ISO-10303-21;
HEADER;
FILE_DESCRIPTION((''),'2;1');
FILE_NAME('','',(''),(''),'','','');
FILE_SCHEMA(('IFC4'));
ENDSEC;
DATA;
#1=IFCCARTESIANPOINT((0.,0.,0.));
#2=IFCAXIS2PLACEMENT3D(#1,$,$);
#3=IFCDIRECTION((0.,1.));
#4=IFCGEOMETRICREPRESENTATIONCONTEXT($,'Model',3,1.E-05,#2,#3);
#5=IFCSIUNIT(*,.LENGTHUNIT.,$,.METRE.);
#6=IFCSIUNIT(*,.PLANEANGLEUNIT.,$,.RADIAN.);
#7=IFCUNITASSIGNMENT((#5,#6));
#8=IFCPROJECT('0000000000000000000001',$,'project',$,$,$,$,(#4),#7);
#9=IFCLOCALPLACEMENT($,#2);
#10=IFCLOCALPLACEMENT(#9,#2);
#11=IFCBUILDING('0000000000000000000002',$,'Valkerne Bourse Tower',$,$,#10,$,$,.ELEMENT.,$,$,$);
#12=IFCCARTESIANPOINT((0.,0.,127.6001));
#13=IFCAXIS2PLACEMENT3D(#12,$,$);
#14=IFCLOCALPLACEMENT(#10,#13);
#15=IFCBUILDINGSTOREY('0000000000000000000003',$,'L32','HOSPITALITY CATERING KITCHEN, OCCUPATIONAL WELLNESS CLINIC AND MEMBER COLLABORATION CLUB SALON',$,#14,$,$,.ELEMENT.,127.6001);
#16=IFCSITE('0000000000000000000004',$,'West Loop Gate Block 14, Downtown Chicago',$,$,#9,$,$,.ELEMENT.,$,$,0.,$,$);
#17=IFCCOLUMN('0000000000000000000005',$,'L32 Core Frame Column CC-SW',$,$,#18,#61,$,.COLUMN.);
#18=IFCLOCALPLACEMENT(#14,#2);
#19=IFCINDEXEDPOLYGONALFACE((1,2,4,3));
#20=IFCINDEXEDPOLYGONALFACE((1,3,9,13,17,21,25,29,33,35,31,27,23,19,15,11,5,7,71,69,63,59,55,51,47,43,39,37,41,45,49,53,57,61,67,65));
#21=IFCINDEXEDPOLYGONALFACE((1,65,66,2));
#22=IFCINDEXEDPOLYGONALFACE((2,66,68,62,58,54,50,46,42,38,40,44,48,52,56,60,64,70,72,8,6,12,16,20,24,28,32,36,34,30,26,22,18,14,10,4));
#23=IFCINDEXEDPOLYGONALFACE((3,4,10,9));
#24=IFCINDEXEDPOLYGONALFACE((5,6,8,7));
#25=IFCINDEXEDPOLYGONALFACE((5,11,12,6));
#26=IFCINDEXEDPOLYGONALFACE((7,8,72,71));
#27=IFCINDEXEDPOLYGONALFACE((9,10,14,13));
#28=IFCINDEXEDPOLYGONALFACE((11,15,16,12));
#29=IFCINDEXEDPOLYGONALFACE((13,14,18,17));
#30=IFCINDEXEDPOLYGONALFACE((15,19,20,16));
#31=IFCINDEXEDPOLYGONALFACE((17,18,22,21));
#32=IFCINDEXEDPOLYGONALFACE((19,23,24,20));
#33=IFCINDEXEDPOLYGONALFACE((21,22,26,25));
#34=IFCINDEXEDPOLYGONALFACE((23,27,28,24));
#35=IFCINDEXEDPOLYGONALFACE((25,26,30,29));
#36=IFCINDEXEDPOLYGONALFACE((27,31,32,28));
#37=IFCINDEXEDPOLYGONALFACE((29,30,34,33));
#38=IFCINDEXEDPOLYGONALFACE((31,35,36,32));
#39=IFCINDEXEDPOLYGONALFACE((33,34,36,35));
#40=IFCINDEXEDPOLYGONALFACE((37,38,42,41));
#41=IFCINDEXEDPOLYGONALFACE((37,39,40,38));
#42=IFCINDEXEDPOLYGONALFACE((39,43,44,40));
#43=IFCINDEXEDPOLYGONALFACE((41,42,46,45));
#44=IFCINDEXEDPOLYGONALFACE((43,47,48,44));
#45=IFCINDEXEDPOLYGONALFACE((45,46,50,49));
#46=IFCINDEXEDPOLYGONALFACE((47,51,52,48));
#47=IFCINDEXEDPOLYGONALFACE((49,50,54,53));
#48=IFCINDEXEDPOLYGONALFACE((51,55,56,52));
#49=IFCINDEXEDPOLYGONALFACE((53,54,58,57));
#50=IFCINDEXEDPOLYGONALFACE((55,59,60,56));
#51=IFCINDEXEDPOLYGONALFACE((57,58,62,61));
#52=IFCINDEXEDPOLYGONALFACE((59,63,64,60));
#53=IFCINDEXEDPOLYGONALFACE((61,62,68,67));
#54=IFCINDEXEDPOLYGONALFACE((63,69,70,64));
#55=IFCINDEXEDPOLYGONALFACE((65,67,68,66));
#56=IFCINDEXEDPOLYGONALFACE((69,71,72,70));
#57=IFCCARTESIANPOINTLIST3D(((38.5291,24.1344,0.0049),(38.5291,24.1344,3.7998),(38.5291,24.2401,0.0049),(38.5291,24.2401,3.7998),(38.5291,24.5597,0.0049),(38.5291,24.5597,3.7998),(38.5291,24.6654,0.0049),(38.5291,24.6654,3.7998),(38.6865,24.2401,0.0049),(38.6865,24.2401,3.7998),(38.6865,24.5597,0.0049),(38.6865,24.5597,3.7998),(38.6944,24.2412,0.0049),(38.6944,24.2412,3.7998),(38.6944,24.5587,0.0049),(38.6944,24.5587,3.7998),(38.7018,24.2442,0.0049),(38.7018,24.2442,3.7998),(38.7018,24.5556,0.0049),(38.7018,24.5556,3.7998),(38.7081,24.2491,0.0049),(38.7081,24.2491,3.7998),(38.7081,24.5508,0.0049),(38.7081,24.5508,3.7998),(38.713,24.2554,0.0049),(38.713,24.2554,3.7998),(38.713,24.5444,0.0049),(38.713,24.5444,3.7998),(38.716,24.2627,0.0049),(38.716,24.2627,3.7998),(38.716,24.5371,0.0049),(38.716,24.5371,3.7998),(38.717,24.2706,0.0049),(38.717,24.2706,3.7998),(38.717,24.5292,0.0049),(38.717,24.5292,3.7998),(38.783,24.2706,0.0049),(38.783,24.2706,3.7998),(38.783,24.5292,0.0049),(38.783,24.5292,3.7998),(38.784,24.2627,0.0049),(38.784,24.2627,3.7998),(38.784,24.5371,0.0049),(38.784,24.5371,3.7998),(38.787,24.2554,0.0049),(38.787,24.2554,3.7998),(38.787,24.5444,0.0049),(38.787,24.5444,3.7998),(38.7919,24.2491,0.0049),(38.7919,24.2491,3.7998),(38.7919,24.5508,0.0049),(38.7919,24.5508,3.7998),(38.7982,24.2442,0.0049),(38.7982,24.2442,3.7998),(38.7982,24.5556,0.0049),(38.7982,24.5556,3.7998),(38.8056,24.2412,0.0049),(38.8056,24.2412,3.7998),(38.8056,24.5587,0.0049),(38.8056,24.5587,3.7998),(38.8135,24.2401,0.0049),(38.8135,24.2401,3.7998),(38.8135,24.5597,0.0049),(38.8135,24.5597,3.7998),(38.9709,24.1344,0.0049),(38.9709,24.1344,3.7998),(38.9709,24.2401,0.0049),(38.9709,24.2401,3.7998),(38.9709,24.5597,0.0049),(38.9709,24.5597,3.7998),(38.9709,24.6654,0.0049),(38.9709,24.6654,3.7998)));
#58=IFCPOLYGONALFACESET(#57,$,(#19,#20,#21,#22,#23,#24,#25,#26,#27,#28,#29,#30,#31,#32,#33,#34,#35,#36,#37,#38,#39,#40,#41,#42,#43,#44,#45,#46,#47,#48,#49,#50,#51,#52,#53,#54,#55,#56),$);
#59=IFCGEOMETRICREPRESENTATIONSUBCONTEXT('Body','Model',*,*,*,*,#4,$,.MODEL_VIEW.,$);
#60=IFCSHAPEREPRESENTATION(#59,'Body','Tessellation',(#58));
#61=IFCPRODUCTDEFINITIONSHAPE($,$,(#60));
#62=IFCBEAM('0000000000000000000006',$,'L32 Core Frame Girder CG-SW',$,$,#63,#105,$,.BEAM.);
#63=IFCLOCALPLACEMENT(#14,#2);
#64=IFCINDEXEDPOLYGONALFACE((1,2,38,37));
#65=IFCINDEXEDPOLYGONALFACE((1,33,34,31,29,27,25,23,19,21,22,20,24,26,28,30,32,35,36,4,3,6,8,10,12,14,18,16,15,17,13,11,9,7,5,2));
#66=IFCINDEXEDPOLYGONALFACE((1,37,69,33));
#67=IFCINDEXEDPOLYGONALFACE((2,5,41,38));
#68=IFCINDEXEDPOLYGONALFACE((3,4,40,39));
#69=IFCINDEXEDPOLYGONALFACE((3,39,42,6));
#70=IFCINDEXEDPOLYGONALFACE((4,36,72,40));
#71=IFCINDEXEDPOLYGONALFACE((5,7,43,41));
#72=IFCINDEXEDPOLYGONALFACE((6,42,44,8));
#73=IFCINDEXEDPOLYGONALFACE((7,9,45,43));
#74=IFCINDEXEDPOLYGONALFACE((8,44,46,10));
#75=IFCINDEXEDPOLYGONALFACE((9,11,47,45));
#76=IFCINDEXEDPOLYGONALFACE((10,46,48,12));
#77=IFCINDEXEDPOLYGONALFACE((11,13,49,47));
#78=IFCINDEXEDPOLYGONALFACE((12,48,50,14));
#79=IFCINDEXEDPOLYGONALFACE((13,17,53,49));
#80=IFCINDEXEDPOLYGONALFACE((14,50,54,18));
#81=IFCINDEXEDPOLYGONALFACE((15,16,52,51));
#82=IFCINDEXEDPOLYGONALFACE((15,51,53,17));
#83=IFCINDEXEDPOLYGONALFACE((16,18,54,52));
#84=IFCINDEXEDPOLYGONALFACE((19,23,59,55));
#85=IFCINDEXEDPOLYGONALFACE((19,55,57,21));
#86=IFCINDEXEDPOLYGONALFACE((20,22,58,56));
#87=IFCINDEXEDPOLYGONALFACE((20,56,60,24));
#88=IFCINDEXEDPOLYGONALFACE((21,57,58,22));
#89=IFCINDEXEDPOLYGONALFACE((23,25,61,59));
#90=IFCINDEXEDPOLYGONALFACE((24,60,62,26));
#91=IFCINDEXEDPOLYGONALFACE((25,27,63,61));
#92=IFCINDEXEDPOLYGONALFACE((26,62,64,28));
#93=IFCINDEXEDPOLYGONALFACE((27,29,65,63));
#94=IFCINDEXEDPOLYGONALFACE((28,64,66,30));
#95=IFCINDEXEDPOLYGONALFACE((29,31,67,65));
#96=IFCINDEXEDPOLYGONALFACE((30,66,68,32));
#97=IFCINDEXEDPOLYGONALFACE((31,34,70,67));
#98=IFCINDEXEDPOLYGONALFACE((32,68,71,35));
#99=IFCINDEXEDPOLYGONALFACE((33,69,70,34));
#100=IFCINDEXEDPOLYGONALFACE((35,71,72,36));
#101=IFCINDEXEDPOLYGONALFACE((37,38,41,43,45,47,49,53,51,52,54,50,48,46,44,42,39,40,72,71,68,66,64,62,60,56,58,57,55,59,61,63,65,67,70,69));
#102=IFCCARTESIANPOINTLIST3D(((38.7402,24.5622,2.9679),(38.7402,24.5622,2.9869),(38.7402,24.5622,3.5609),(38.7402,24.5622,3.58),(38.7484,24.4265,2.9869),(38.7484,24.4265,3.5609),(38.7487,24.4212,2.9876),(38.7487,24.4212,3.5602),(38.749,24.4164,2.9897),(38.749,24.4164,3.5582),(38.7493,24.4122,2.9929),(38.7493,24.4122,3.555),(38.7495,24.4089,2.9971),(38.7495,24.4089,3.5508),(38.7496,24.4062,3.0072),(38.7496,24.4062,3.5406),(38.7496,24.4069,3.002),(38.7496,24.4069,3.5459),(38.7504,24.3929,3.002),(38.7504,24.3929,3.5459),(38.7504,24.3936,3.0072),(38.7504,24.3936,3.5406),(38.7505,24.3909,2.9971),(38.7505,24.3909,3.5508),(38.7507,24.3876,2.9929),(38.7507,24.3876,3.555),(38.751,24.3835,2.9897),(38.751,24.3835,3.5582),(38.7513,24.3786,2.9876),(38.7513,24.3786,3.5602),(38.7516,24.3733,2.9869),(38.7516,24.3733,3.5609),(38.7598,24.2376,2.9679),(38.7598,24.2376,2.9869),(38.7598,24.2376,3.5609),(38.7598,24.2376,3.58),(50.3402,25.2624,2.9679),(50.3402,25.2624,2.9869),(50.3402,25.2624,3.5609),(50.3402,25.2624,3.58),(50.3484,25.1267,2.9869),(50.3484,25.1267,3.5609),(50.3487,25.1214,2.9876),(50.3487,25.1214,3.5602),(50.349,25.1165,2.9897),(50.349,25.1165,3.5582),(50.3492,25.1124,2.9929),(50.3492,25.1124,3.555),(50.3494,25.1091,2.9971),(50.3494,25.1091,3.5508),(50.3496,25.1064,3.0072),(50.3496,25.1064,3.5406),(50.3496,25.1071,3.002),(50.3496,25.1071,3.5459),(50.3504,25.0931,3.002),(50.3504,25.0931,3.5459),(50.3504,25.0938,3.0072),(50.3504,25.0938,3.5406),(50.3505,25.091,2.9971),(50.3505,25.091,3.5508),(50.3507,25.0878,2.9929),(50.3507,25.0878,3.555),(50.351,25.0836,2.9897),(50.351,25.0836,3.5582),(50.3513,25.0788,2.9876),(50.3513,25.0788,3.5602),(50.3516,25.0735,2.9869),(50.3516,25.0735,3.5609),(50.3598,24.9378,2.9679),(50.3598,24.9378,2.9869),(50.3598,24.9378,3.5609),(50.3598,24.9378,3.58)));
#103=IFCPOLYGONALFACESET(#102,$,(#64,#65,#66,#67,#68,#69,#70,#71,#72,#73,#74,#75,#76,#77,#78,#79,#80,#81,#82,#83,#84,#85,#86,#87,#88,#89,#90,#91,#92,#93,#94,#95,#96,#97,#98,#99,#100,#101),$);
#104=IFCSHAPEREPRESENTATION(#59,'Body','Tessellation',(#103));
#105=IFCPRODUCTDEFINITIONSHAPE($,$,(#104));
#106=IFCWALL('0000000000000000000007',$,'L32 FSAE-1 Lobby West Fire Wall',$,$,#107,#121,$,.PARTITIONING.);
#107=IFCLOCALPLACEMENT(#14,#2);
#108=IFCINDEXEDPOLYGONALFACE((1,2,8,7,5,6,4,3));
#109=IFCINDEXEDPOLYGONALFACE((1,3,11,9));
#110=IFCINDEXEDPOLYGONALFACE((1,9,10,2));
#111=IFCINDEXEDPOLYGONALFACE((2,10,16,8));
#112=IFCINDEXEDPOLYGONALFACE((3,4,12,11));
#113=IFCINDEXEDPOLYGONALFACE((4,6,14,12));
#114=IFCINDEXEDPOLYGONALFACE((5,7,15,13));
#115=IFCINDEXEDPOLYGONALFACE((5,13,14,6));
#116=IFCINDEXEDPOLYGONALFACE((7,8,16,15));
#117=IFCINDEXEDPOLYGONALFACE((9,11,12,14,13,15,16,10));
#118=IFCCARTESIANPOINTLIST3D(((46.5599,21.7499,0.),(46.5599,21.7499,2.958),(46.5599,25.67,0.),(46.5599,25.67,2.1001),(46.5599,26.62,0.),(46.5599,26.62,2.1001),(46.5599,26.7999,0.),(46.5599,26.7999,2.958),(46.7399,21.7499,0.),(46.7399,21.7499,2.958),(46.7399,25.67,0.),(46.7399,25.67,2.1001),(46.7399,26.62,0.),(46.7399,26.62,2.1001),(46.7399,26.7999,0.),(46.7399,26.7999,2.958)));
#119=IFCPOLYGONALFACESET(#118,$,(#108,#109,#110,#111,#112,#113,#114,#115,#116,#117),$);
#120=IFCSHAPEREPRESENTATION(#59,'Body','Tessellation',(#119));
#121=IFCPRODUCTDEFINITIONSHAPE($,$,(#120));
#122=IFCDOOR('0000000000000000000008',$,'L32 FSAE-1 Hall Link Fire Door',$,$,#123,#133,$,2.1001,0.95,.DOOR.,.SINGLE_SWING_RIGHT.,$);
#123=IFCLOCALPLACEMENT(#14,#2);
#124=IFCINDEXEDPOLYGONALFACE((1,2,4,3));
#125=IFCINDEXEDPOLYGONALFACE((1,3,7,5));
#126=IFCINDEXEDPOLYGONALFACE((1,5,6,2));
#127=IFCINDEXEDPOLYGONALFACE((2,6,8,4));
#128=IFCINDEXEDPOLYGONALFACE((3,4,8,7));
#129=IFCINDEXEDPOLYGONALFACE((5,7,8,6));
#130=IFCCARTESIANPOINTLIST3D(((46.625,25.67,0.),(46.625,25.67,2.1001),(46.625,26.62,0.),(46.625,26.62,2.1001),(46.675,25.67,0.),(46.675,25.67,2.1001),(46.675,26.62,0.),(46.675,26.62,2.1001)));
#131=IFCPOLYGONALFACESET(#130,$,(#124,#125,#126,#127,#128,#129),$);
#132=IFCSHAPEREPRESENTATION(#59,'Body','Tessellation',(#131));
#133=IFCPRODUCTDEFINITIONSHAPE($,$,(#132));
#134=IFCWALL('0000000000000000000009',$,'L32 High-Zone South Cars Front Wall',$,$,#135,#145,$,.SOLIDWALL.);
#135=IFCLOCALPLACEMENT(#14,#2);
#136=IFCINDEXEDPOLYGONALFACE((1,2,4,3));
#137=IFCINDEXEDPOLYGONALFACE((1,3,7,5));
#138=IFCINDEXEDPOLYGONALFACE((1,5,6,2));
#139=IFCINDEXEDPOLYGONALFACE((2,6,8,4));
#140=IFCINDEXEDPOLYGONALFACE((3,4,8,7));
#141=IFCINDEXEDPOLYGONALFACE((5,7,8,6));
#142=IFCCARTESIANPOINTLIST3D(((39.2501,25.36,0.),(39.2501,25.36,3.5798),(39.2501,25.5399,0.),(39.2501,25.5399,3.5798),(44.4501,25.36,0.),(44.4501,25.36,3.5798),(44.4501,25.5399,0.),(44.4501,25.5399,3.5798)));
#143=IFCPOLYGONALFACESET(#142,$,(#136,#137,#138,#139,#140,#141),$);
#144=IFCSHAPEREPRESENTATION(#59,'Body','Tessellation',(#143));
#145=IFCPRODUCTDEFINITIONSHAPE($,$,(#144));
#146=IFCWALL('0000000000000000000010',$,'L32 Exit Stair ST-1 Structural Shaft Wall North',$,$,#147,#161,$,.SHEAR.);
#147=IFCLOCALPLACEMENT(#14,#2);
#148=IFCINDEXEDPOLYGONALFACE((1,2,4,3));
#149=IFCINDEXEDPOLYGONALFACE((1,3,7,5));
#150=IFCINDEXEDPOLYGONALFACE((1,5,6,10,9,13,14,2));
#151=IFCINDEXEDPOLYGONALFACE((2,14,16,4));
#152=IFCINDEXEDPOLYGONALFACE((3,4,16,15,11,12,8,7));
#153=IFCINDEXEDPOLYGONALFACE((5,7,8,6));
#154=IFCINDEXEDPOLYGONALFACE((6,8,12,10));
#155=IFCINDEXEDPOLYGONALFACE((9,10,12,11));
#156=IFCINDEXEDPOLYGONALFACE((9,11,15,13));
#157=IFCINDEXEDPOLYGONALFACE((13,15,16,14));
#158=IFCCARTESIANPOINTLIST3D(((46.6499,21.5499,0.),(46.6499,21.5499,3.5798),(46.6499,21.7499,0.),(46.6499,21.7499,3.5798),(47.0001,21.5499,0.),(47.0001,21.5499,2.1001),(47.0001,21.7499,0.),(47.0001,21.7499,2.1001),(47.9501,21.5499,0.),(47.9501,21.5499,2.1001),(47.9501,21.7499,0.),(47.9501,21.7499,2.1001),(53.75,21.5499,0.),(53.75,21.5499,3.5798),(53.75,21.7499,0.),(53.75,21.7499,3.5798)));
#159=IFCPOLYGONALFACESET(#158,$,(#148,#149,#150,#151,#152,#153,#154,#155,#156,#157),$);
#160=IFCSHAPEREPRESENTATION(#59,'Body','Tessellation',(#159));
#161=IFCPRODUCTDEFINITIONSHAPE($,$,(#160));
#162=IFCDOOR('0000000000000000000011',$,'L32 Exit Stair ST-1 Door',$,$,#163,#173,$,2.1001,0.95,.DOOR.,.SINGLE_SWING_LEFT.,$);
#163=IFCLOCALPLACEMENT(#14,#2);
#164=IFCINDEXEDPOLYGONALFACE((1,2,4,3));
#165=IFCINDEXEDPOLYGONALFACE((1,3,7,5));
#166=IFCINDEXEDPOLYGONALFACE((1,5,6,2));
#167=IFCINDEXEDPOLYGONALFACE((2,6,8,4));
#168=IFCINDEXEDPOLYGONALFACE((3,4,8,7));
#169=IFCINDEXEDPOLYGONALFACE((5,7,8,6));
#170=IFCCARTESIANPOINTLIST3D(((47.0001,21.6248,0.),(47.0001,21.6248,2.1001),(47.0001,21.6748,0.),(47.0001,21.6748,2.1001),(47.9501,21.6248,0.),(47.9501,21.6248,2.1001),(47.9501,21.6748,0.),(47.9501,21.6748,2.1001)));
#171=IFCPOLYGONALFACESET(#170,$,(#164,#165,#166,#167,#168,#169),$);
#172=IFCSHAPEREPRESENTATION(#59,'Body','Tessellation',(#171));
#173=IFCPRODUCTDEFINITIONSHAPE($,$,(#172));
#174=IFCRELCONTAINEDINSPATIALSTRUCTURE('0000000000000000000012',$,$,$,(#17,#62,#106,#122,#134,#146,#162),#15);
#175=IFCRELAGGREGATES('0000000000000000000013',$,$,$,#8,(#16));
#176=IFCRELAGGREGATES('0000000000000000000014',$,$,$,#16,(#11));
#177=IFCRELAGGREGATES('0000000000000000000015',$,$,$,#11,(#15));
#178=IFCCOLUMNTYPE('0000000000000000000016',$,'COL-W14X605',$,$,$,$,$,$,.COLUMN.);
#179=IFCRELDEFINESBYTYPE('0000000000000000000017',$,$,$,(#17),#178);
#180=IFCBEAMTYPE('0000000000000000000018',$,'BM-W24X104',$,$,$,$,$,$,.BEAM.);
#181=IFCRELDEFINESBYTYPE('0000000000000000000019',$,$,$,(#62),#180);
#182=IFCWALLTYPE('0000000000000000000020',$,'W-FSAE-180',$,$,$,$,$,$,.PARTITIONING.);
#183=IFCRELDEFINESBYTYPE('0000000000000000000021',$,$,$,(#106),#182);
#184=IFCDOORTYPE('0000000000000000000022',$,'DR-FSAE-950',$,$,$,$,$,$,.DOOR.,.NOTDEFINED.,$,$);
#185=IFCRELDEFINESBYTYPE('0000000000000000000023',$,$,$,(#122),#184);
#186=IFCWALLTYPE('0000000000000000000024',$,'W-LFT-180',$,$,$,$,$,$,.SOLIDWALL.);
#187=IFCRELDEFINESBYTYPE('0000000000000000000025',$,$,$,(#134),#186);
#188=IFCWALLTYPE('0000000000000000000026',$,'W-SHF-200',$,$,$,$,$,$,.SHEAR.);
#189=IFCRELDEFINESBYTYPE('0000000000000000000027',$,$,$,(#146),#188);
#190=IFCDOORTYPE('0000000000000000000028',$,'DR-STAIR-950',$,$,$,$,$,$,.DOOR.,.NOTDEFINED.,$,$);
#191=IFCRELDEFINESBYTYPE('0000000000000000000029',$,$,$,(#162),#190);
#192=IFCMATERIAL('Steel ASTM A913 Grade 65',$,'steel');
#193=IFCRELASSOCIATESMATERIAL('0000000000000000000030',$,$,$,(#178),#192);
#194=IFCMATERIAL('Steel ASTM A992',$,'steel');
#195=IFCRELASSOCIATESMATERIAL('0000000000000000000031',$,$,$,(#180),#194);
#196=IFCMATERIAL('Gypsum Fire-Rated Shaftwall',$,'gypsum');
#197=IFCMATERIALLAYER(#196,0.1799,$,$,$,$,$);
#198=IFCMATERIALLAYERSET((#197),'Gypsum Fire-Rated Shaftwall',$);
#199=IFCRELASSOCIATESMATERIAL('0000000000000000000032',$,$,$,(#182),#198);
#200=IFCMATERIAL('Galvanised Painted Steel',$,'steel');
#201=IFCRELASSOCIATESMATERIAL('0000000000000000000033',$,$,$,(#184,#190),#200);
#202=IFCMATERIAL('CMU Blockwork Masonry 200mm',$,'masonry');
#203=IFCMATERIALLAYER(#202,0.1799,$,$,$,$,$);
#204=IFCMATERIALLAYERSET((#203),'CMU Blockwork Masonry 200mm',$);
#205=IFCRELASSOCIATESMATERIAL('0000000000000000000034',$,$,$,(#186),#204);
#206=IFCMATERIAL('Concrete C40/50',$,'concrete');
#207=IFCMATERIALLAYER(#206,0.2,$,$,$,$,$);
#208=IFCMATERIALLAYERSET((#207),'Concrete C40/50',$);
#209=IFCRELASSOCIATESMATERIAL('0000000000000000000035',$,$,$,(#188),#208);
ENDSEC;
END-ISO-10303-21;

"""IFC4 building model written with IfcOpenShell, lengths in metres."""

from ifc_helpers import new_model, si_unit, direction, frame, frame_2d, origin, origin_2d, place, context, subcontext, project, spatial, rectangle, i_section, extrude, material, layer, layer_set, material_profile, profile_set, type_object, element, fill, save


model = new_model("IFC4")

# Units and contexts
model_context = context("Model", 3, precision=1e-05, world=origin(), true_north=direction((0.0, 1.0)))
body_context = subcontext(model_context, "Body", "Model", "MODEL_VIEW")
ifc_project = project(units=[si_unit("LENGTHUNIT", "METRE"), si_unit("PLANEANGLEUNIT", "RADIAN")], contexts=[model_context])

# Site, building, storey
site_placement = place(None, origin())
site = spatial("IfcSite", under=ifc_project, at=site_placement, Name="West Loop Gate Block 14, Downtown Chicago", CompositionType="ELEMENT", RefElevation=0.0)
building_placement = place(site_placement, origin())
building = spatial("IfcBuilding", under=site, at=building_placement, Name="Valkerne Bourse Tower", CompositionType="ELEMENT")
storey_placement = place(building_placement, frame((0.0, 0.0, 127.6001)))
storey = spatial("IfcBuildingStorey", under=building, at=storey_placement, Name="L32", Description="HOSPITALITY CATERING KITCHEN, OCCUPATIONAL WELLNESS CLINIC AND MEMBER COLLABORATION CLUB SALON", CompositionType="ELEMENT", Elevation=127.6001)

# Column
ifc_material_1 = material(Name="Steel ASTM A913 Grade 65", Category="steel")
ifc_material_profile_1 = material_profile(ifc_material_1, i_section(OverallWidth=0.4419, OverallDepth=0.531, WebThickness=0.0659, FlangeThickness=0.1057, FilletRadius=0.0305, at=origin_2d()), Name="W14X605")
ifc_profile_set_1 = profile_set([ifc_material_profile_1], Name="Steel ASTM A913 Grade 65")
column_type = type_object("IfcColumnType", Name="COL-W14X605", PredefinedType="COLUMN", material=ifc_profile_set_1)
column_placement = place(storey_placement, frame((38.75, 24.3999, 0.0049), z_axis=(0.0, 0.0, 1.0), x_axis=(1.0, 0.0, 0.0)))
element("IfcColumn", 1, at=column_placement, inside=storey, type_object=column_type, Name="L32 Core Frame Column CC-SW", PredefinedType="COLUMN", context=body_context, shape_type="SweptSolid", body=[
    extrude(i_section(OverallWidth=0.4419, OverallDepth=0.531, WebThickness=0.0659, FlangeThickness=0.1057, FilletRadius=0.0305, at=origin_2d()), origin(), (0.0, 0.0, 1.0), 3.7949),
])

# Beam
ifc_material_2 = material(Name="Steel ASTM A992", Category="steel")
ifc_material_profile_2 = material_profile(ifc_material_2, i_section(OverallWidth=0.3252, OverallDepth=0.6121, WebThickness=0.0127, FlangeThickness=0.019, FilletRadius=0.0203, at=origin_2d()), Name="W24X104")
ifc_profile_set_2 = profile_set([ifc_material_profile_2], Name="Steel ASTM A992")
beam_type = type_object("IfcBeamType", Name="BM-W24X104", PredefinedType="BEAM", material=ifc_profile_set_2)
beam_placement = place(storey_placement, frame((38.75, 24.3999, 3.2739), z_axis=(0.998183, 0.060251, 0.0), x_axis=(-0.060251, 0.998183, 0.0)))
element("IfcBeam", 2, at=beam_placement, inside=storey, type_object=beam_type, Name="L32 Core Frame Girder CG-SW", PredefinedType="BEAM", context=body_context, shape_type="SweptSolid", body=[
    extrude(i_section(OverallWidth=0.3252, OverallDepth=0.6121, WebThickness=0.0127, FlangeThickness=0.019, FilletRadius=0.0203, at=origin_2d()), origin(), (0.0, 0.0, 1.0), 11.6211),
])

# Wall, opening, door
ifc_material_3 = material(Name="Gypsum Fire-Rated Shaftwall", Category="gypsum")
ifc_layer_1 = layer(ifc_material_3, 0.1799)
ifc_layer_set_1 = layer_set([ifc_layer_1], Name="Gypsum Fire-Rated Shaftwall")
wall_type_1 = type_object("IfcWallType", Name="W-FSAE-180", PredefinedType="PARTITIONING", material=ifc_layer_set_1)
wall_1_placement = place(storey_placement, frame((46.6499, 21.75, 0.0), z_axis=(0.0, 0.0, 1.0), x_axis=(0.0, 1.0, 0.0)))
wall_1 = element("IfcWall", 3, at=wall_1_placement, inside=storey, type_object=wall_type_1, Name="L32 FSAE-1 Lobby West Fire Wall", PredefinedType="PARTITIONING", context=body_context, shape_type="SweptSolid", body=[
    extrude(rectangle(XDim=5.05, YDim=0.1799, at=frame_2d((2.5249, 0.0))), origin(), (0.0, 0.0, 1.0), 2.958),
])
opening_1_placement = place(wall_1_placement, frame((3.9199, 0.0, 0.0)))
opening_1 = element("IfcOpeningElement", 4, at=opening_1_placement, cuts=wall_1, PredefinedType="OPENING", context=body_context, shape_type="SweptSolid", body=[
    extrude(rectangle(XDim=0.95, YDim=2.1001, at=frame_2d((0.4751, 1.05))), frame((0.0, 0.0999, 0.0), z_axis=(0.0, -1.0, 0.0), x_axis=(1.0, 0.0, 0.0)), (0.0, 0.0, 1.0), 0.2),
])
ifc_material_4 = material(Name="Galvanised Painted Steel", Category="steel")
door_type_1 = type_object("IfcDoorType", Name="DR-FSAE-950", OperationType="NOTDEFINED", PredefinedType="DOOR", material=ifc_material_4)
door_1_placement = place(opening_1_placement, origin())
door_1 = element("IfcDoor", 5, at=door_1_placement, inside=storey, type_object=door_type_1, Name="L32 FSAE-1 Hall Link Fire Door", OperationType="SINGLE_SWING_RIGHT", OverallHeight=2.1001, OverallWidth=0.95, PredefinedType="DOOR", context=body_context, shape_type="SweptSolid", body=[
    extrude(rectangle(XDim=0.95, YDim=2.1001, at=frame_2d((0.4751, 1.05))), frame((0.0, 0.0249, 0.0), z_axis=(0.0, -1.0, 0.0), x_axis=(1.0, 0.0, 0.0)), (0.0, 0.0, 1.0), 0.05),
])
fill(opening_1, door_1)

# Shared definitions
ifc_material_5 = material(Name="CMU Blockwork Masonry 200mm", Category="masonry")
ifc_layer_2 = layer(ifc_material_5, 0.1799)
ifc_layer_set_2 = layer_set([ifc_layer_2], Name="CMU Blockwork Masonry 200mm")
wall_type_2 = type_object("IfcWallType", Name="W-LFT-180", PredefinedType="SOLIDWALL", material=ifc_layer_set_2)

# Wall
wall_2_placement = place(storey_placement, frame((39.25, 25.45, 0.0), z_axis=(0.0, 0.0, 1.0), x_axis=(1.0, 0.0, 0.0)))
element("IfcWall", 6, at=wall_2_placement, inside=storey, type_object=wall_type_2, Name="L32 High-Zone South Cars Front Wall", PredefinedType="SOLIDWALL", context=body_context, shape_type="SweptSolid", body=[
    extrude(rectangle(XDim=5.2, YDim=0.1799, at=frame_2d((2.6001, 0.0))), origin(), (0.0, 0.0, 1.0), 3.5798),
])

# Wall, opening, door
ifc_material_6 = material(Name="Concrete C40/50", Category="concrete")
ifc_layer_3 = layer(ifc_material_6, 0.2)
ifc_layer_set_3 = layer_set([ifc_layer_3], Name="Concrete C40/50")
wall_type_3 = type_object("IfcWallType", Name="W-SHF-200", PredefinedType="SHEAR", material=ifc_layer_set_3)
wall_3_placement = place(storey_placement, frame((46.6499, 21.6499, 0.0), z_axis=(0.0, 0.0, 1.0), x_axis=(1.0, 0.0, 0.0)))
wall_3 = element("IfcWall", 7, at=wall_3_placement, inside=storey, type_object=wall_type_3, Name="L32 Exit Stair ST-1 Structural Shaft Wall North", PredefinedType="SHEAR", context=body_context, shape_type="SweptSolid", body=[
    extrude(rectangle(XDim=7.1001, YDim=0.2, at=frame_2d((3.55, 0.0))), origin(), (0.0, 0.0, 1.0), 3.5798),
])
opening_2_placement = place(wall_3_placement, frame((0.3501, 0.0, 0.0)))
opening_2 = element("IfcOpeningElement", 8, at=opening_2_placement, cuts=wall_3, PredefinedType="OPENING", context=body_context, shape_type="SweptSolid", body=[
    extrude(rectangle(XDim=0.95, YDim=2.1001, at=frame_2d((0.4751, 1.05))), frame((0.0, 0.1099, 0.0), z_axis=(0.0, -1.0, 0.0), x_axis=(1.0, 0.0, 0.0)), (0.0, 0.0, 1.0), 0.22),
])
door_type_2 = type_object("IfcDoorType", Name="DR-STAIR-950", OperationType="NOTDEFINED", PredefinedType="DOOR", material=ifc_material_4)
door_2_placement = place(opening_2_placement, origin())
door_2 = element("IfcDoor", 9, at=door_2_placement, inside=storey, type_object=door_type_2, Name="L32 Exit Stair ST-1 Door", OperationType="SINGLE_SWING_LEFT", OverallHeight=2.1001, OverallWidth=0.95, PredefinedType="DOOR", context=body_context, shape_type="SweptSolid", body=[
    extrude(rectangle(XDim=0.95, YDim=2.1001, at=frame_2d((0.4751, 1.05))), frame((0.0, 0.0249, 0.0), z_axis=(0.0, -1.0, 0.0), x_axis=(1.0, 0.0, 0.0)), (0.0, 0.0, 1.0), 0.05),
])
fill(opening_2, door_2)

save(model, "model.ifc")
